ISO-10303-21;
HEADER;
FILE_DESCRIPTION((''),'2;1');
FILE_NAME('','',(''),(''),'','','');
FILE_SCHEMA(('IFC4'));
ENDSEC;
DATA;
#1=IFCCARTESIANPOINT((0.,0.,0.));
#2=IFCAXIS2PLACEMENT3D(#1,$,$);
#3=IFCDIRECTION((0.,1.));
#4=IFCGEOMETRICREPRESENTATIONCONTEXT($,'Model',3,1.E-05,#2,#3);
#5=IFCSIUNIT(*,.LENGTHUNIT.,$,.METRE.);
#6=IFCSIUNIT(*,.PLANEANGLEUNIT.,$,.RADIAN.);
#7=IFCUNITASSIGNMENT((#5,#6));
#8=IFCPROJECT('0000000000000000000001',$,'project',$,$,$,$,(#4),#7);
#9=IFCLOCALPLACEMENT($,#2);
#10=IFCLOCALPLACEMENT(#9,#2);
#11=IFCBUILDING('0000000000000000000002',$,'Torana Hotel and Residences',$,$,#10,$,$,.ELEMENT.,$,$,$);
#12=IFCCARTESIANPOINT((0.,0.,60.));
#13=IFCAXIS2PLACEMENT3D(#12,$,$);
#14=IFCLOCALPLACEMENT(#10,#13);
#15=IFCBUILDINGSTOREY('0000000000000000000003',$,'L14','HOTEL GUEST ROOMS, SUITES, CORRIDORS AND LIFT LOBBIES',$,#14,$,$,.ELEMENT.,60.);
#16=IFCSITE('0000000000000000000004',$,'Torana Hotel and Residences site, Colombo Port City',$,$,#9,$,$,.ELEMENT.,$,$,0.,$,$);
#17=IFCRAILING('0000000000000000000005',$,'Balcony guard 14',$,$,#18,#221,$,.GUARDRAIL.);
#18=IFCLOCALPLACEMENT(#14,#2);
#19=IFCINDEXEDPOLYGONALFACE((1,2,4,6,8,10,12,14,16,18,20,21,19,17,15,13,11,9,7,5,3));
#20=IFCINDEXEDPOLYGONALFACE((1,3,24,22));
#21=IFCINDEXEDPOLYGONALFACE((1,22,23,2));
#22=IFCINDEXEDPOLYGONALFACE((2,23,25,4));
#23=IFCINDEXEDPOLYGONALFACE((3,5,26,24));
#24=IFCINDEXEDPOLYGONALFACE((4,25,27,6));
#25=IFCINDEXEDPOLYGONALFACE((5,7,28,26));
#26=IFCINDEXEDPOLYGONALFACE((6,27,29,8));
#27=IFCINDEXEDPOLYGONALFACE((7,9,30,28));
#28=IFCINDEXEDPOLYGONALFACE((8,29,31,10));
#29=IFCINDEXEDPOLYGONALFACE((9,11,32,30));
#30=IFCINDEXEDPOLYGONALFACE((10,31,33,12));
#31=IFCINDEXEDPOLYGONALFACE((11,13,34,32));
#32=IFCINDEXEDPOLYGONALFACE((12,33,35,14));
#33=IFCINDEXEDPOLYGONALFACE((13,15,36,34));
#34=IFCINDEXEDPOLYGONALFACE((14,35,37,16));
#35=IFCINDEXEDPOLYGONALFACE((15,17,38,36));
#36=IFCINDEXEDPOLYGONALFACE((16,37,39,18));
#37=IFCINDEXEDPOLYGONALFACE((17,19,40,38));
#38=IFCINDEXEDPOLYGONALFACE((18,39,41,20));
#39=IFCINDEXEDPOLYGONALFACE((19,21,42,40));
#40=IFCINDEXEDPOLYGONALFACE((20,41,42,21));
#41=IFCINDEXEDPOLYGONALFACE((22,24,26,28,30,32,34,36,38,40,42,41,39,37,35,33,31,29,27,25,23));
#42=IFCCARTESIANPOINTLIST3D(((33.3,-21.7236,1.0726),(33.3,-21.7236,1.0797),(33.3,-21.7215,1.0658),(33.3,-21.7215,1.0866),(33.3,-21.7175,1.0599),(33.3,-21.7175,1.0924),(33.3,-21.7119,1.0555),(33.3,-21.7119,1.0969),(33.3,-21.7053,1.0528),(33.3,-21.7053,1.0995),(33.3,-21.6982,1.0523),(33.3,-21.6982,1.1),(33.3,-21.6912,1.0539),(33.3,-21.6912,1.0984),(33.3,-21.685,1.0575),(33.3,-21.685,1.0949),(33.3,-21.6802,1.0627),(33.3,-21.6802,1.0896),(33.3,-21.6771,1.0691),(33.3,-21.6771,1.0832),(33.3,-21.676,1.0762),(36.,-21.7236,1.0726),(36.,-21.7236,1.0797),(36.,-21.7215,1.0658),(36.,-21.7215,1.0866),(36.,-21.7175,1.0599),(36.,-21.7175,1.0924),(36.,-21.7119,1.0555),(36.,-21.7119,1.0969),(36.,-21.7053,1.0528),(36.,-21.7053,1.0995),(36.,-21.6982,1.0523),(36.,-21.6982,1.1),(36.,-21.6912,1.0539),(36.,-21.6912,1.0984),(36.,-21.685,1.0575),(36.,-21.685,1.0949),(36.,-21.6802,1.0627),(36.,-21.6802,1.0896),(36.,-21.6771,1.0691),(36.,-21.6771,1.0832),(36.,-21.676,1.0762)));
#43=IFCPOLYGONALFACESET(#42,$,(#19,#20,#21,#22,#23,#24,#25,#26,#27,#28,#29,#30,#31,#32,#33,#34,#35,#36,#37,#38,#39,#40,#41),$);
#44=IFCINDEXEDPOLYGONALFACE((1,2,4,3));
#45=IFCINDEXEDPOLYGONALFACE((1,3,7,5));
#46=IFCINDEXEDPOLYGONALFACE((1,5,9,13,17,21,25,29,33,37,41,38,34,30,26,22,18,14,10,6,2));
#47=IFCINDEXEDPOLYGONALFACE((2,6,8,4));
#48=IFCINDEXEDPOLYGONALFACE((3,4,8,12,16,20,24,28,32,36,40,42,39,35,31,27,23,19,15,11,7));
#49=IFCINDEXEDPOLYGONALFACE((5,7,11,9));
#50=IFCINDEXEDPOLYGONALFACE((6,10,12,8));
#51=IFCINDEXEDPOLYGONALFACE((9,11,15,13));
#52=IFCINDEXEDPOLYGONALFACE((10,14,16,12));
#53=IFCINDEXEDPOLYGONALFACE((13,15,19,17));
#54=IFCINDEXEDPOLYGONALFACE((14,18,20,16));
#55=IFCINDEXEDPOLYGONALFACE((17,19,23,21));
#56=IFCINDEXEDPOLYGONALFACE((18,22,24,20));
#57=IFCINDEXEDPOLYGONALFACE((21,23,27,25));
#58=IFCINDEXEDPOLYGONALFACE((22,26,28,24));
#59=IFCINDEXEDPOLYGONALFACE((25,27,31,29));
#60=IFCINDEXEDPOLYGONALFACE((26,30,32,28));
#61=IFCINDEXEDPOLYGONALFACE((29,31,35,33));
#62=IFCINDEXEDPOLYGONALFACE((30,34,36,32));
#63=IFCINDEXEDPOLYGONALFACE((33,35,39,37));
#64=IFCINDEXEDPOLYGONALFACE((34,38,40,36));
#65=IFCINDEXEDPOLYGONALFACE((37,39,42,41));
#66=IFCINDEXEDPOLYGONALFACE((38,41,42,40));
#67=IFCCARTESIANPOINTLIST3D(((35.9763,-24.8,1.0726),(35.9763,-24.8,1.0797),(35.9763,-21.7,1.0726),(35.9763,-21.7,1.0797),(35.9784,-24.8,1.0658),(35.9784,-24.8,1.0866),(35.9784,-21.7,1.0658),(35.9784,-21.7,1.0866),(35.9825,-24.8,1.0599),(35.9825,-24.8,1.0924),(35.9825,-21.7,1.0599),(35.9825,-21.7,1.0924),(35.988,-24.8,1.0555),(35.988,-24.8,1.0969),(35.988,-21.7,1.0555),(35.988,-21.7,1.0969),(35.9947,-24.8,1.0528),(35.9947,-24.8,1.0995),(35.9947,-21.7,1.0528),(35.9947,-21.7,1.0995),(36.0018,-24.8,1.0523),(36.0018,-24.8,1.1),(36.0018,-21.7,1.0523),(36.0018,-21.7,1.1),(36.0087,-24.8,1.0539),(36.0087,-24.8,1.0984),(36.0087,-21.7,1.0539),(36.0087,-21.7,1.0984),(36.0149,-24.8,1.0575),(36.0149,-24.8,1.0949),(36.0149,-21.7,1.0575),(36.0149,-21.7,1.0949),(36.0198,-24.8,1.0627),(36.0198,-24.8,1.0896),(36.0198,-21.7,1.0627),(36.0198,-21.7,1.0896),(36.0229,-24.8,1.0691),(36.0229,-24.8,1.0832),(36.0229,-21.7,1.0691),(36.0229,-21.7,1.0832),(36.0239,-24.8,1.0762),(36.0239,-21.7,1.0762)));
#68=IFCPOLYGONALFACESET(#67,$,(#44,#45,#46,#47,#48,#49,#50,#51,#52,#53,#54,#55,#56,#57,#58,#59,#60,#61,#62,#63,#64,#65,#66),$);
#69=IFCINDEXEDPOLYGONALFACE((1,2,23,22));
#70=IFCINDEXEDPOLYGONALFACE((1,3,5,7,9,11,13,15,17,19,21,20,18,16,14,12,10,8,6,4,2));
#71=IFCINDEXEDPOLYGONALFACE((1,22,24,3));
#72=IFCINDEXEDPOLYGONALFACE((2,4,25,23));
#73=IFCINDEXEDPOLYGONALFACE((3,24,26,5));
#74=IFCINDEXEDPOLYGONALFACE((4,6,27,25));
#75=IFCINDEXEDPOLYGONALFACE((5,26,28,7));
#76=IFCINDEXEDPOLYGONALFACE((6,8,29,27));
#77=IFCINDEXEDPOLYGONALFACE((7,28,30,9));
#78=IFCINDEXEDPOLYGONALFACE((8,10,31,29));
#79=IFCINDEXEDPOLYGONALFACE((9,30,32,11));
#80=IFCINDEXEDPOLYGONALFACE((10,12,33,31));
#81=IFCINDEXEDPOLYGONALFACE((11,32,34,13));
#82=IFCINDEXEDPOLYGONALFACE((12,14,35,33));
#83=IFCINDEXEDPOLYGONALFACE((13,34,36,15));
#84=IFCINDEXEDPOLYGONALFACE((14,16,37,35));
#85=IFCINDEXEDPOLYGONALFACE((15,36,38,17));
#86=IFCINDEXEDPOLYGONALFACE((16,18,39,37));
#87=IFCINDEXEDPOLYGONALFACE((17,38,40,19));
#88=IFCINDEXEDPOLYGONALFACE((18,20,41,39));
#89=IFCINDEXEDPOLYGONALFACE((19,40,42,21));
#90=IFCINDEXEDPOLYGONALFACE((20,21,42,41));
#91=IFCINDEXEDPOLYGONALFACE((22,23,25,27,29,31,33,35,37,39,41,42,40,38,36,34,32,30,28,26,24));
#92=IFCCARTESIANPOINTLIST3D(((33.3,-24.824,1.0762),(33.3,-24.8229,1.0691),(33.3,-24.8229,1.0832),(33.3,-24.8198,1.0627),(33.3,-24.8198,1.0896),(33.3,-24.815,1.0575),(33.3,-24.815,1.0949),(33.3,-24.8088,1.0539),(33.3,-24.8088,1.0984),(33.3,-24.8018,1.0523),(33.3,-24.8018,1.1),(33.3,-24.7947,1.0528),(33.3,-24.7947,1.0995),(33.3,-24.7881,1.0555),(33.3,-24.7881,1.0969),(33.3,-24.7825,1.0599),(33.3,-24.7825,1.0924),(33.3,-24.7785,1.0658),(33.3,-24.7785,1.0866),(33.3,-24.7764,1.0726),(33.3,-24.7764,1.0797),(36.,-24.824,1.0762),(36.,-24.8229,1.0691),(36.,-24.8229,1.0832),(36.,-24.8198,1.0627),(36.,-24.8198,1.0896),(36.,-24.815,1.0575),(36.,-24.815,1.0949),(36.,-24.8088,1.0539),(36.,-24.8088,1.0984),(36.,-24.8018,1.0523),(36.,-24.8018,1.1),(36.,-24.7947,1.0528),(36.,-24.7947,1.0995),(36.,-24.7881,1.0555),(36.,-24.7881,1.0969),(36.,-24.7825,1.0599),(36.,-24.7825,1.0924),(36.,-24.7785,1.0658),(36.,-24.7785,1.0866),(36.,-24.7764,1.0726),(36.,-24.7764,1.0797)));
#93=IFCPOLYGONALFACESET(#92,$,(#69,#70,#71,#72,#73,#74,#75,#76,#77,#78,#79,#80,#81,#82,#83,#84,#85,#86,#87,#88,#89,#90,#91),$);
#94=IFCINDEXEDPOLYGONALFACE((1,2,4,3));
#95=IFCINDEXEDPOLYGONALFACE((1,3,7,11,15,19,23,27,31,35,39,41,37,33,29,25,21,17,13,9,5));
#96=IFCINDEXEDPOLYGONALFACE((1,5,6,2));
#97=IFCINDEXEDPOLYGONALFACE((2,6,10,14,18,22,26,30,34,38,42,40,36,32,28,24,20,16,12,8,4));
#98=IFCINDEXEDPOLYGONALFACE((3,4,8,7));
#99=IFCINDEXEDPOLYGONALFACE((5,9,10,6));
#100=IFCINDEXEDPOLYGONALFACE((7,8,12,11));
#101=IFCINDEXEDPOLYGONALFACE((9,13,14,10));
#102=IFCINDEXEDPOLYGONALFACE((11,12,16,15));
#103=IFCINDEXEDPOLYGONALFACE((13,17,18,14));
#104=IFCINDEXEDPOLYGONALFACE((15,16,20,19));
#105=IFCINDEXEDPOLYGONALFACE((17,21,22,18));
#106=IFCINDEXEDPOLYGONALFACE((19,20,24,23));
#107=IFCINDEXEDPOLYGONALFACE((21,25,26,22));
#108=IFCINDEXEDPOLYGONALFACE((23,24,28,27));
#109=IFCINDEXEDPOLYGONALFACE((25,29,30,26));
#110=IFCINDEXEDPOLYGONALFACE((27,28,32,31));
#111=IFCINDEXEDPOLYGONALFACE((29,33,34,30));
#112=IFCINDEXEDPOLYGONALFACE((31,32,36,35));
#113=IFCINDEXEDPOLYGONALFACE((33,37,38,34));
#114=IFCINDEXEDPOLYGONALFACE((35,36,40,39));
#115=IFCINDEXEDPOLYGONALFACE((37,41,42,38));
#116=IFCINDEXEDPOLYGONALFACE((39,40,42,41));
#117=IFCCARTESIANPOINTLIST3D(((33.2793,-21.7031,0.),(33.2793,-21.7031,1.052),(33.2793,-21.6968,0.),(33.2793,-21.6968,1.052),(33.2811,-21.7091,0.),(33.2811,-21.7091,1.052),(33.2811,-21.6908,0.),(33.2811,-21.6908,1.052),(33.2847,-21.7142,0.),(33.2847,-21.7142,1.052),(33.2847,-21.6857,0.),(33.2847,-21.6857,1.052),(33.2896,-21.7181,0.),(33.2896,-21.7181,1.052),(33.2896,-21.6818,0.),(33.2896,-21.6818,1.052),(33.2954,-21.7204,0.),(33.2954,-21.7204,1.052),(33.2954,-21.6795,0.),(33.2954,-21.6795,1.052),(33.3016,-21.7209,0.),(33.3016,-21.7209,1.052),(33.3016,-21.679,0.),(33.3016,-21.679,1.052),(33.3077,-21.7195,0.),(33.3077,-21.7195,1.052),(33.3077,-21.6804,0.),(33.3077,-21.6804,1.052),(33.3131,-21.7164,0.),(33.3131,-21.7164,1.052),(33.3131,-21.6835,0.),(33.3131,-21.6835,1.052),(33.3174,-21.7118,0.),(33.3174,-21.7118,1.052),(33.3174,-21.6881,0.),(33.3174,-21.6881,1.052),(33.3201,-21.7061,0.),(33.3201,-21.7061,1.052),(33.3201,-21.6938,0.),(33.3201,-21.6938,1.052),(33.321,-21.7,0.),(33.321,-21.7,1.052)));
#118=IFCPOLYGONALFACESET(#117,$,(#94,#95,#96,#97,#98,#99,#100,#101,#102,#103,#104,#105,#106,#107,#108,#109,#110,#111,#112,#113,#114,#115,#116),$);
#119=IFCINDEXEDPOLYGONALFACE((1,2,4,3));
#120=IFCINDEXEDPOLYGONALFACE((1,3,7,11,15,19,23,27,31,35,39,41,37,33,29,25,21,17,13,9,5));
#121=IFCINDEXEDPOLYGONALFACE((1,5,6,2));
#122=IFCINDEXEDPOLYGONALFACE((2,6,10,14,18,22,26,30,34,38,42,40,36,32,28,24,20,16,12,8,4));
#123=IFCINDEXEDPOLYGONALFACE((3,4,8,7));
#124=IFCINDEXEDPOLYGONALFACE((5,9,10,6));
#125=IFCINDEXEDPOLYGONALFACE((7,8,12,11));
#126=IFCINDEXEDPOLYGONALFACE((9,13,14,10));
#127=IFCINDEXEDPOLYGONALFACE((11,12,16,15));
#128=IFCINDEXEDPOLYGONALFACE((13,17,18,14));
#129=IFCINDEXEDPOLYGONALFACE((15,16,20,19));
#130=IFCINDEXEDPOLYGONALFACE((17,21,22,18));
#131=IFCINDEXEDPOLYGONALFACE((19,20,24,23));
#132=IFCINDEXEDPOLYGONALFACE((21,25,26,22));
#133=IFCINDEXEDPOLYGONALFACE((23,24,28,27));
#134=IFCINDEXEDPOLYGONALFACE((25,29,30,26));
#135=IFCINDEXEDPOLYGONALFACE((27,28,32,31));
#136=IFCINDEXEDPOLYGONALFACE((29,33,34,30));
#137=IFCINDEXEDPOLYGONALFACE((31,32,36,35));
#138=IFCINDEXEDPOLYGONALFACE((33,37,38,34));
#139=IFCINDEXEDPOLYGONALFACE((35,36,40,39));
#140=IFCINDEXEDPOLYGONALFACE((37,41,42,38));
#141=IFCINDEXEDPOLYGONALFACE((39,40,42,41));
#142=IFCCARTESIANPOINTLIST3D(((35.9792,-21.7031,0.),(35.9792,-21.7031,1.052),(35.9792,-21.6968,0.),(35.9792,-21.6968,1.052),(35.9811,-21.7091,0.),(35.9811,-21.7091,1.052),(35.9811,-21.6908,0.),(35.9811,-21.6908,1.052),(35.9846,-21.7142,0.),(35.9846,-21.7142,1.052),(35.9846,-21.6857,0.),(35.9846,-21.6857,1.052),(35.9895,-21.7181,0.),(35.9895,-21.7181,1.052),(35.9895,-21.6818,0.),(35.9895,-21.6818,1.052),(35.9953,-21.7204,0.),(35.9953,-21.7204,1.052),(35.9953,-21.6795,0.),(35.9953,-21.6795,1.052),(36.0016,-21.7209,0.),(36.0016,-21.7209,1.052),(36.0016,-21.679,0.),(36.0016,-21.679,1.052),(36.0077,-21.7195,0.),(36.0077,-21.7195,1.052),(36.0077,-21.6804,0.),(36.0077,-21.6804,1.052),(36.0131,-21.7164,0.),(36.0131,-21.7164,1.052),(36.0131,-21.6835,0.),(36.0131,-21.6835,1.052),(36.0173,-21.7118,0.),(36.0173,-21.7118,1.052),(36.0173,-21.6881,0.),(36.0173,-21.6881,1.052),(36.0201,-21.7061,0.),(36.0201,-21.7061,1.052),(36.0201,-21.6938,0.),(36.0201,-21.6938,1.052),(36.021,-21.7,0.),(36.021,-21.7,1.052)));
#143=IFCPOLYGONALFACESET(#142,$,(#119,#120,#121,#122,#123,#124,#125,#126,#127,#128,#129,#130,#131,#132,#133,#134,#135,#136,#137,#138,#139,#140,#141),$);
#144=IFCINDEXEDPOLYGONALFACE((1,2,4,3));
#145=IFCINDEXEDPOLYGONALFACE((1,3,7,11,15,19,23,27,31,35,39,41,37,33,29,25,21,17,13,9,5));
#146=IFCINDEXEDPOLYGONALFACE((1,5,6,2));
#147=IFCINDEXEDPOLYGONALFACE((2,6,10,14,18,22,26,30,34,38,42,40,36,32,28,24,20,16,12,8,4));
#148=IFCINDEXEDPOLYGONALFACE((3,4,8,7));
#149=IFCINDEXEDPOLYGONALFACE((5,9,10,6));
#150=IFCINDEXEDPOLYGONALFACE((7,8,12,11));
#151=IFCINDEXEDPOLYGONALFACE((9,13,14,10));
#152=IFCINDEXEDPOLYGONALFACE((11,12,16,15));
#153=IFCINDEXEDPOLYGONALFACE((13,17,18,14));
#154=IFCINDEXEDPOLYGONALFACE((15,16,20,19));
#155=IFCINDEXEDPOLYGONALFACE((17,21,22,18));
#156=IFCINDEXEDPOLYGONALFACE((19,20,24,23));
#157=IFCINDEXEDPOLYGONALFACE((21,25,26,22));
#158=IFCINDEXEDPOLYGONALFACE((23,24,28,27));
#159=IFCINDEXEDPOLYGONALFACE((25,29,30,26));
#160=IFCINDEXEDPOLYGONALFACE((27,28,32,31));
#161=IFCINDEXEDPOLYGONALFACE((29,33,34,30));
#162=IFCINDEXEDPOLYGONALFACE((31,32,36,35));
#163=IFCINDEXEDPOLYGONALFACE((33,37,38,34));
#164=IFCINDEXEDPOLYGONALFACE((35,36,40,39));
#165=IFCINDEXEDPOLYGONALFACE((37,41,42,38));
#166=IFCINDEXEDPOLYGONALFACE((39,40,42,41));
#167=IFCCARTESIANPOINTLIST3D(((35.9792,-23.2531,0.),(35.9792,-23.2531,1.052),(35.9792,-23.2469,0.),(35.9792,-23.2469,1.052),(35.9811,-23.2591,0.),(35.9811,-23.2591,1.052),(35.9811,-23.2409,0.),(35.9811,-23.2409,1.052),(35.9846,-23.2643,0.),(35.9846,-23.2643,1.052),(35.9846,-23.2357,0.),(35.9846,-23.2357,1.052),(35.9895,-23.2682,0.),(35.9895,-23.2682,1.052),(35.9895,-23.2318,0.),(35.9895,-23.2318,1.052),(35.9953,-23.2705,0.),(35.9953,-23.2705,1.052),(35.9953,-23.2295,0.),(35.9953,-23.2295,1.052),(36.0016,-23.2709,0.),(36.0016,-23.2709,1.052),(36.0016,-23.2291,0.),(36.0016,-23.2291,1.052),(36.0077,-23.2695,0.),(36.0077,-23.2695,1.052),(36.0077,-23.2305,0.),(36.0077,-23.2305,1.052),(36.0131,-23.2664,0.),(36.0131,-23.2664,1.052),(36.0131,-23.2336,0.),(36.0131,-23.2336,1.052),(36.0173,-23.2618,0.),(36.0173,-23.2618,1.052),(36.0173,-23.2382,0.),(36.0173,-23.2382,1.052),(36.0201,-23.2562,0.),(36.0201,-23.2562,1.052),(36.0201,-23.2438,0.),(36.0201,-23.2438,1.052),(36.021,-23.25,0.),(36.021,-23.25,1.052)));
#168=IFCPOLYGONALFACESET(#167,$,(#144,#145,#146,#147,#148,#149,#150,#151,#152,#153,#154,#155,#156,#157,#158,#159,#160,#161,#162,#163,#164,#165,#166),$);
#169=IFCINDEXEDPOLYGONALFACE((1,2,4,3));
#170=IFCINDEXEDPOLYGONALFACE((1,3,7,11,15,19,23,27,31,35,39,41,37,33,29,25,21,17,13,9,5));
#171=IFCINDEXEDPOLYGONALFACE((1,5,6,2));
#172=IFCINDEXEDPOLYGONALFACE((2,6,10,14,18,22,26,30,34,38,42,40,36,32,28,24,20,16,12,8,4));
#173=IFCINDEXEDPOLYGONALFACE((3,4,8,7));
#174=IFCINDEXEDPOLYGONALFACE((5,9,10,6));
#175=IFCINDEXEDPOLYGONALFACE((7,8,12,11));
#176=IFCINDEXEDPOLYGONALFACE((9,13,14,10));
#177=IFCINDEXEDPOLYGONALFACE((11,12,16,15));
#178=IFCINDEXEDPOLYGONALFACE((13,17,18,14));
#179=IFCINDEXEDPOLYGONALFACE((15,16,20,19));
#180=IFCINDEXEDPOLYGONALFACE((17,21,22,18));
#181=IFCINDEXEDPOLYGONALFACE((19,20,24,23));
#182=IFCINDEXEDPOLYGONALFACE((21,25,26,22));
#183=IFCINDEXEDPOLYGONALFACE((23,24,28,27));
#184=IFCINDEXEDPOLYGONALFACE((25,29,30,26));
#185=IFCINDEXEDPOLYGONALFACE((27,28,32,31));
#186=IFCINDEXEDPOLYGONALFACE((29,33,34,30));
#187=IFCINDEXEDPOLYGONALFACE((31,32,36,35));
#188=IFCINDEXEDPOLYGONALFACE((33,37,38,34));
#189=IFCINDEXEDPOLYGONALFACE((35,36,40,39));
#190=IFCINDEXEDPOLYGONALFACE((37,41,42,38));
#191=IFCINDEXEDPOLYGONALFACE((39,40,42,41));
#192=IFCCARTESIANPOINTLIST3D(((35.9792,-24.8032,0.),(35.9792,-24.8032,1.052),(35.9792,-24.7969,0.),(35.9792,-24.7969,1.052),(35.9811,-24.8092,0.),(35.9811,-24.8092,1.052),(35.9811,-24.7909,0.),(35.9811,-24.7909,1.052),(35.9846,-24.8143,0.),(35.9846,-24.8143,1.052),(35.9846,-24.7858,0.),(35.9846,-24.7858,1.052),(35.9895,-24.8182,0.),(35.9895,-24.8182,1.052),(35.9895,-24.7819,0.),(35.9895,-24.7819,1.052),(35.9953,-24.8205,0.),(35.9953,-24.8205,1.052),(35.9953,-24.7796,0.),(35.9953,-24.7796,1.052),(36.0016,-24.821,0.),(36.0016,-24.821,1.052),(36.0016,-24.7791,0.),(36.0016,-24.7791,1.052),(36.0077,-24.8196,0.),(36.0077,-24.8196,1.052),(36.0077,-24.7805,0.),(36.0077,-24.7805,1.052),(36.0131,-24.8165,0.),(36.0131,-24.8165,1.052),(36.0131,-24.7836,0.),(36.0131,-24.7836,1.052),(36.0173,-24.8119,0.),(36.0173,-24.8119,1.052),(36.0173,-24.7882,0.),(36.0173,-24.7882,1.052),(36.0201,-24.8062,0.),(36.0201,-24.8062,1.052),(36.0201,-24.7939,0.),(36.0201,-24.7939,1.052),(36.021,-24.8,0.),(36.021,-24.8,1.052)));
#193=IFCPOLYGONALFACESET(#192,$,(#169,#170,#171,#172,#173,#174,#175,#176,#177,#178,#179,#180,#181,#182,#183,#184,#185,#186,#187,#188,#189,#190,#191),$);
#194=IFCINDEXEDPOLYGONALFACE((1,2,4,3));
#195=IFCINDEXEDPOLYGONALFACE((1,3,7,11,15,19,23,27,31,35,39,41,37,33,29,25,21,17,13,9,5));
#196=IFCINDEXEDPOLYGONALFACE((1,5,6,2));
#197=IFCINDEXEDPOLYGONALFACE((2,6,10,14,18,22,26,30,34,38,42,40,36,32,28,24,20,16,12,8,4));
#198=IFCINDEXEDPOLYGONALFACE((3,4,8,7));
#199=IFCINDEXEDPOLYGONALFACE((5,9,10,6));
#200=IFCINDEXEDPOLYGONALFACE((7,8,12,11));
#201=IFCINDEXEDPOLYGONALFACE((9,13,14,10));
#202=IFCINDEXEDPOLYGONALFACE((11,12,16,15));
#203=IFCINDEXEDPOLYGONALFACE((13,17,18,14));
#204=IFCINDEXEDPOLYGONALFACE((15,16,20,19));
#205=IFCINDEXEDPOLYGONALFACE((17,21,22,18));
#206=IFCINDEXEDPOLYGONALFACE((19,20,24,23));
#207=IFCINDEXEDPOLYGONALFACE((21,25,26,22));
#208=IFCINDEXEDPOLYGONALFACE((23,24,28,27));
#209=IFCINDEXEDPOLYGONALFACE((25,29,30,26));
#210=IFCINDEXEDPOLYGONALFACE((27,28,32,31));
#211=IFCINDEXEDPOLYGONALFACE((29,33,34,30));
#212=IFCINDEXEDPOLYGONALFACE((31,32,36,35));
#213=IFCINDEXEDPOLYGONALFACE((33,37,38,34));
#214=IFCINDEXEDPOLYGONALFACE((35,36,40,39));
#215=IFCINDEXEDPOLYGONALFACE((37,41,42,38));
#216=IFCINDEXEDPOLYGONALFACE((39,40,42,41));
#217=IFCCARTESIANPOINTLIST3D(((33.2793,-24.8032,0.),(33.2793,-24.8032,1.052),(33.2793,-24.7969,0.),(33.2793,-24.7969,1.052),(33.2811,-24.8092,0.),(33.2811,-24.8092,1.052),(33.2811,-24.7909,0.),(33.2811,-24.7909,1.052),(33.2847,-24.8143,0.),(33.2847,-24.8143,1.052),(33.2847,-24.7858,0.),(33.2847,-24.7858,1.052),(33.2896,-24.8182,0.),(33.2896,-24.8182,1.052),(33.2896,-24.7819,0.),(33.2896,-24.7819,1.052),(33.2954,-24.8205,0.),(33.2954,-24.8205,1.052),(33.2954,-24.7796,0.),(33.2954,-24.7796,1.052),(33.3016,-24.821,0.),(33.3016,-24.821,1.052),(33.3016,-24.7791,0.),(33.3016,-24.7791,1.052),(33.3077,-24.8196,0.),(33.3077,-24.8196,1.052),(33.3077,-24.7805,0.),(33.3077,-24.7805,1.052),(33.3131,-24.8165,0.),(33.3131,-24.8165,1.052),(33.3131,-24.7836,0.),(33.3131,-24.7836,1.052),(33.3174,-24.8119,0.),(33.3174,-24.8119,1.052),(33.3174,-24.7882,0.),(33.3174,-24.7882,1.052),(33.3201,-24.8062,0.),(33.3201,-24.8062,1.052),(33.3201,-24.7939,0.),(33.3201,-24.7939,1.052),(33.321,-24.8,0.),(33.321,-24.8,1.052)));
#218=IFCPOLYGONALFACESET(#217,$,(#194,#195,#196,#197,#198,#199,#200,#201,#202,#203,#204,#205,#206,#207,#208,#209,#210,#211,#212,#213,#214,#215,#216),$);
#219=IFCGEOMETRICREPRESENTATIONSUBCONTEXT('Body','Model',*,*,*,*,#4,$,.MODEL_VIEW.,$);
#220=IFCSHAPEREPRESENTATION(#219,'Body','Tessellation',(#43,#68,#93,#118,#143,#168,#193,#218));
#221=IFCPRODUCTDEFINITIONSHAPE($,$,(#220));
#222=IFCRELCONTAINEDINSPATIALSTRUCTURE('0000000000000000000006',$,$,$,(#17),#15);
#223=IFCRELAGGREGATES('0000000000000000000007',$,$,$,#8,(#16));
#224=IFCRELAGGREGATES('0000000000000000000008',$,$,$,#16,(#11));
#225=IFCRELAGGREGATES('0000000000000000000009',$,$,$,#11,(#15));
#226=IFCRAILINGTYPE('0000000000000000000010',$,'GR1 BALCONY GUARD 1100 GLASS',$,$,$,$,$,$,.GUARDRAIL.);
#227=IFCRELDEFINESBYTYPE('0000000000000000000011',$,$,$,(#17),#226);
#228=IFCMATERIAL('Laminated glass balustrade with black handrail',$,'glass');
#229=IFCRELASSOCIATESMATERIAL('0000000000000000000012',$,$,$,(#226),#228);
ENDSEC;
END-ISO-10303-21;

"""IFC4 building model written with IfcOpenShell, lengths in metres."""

from ifc_helpers import new_model, si_unit, direction, frame, origin, origin_2d, place, context, subcontext, project, spatial, circle, extrude, material, type_object, element, save


model = new_model("IFC4")

# Units and contexts
model_context = context("Model", 3, precision=1e-05, world=origin(), true_north=direction((0.0, 1.0)))
body_context = subcontext(model_context, "Body", "Model", "MODEL_VIEW")
ifc_project = project(units=[si_unit("LENGTHUNIT", "METRE"), si_unit("PLANEANGLEUNIT", "RADIAN")], contexts=[model_context])

# Site, building, storey
site_placement = place(None, origin())
site = spatial("IfcSite", under=ifc_project, at=site_placement, Name="Torana Hotel and Residences site, Colombo Port City", CompositionType="ELEMENT", RefElevation=0.0)
building_placement = place(site_placement, origin())
building = spatial("IfcBuilding", under=site, at=building_placement, Name="Torana Hotel and Residences", CompositionType="ELEMENT")
storey_placement = place(building_placement, frame((0.0, 0.0, 60.0)))
storey = spatial("IfcBuildingStorey", under=building, at=storey_placement, Name="L14", Description="HOTEL GUEST ROOMS, SUITES, CORRIDORS AND LIFT LOBBIES", CompositionType="ELEMENT", Elevation=60.0)

# Railing
ifc_material_1 = material(Name="Laminated glass balustrade with black handrail", Category="glass")
railing_type = type_object("IfcRailingType", Name="GR1 BALCONY GUARD 1100 GLASS", PredefinedType="GUARDRAIL", material=ifc_material_1)
railing_1_placement = place(storey_placement, frame((33.3, -21.7, 0.0)))
element("IfcRailing", 1, at=railing_1_placement, inside=storey, type_object=railing_type, Name="Balcony guard 14", PredefinedType="GUARDRAIL", context=body_context, shape_type="SweptSolid", body=[
    extrude(circle(Radius=0.0239, at=origin_2d()), frame((0.0, 0.0, 1.0762), z_axis=(1.0, 0.0, 0.0), x_axis=(0.0, 1.0, 0.0)), (0.0, 0.0, 1.0), 2.7),
    extrude(circle(Radius=0.0239, at=origin_2d()), frame((2.7, 0.0, 1.0762), z_axis=(0.0, -1.0, 0.0), x_axis=(1.0, 0.0, 0.0)), (0.0, 0.0, 1.0), 3.1001),
    extrude(circle(Radius=0.0239, at=origin_2d()), frame((2.7, -3.1001, 1.0762), z_axis=(-1.0, 0.0, 0.0), x_axis=(0.0, -1.0, 0.0)), (0.0, 0.0, 1.0), 2.7),
    extrude(circle(Radius=0.021, at=origin_2d()), origin(), (0.0, 0.0, 1.0), 1.052),
    extrude(circle(Radius=0.021, at=origin_2d()), frame((2.7, 0.0, 0.0)), (0.0, 0.0, 1.0), 1.052),
    extrude(circle(Radius=0.021, at=origin_2d()), frame((2.7, -1.55, 0.0)), (0.0, 0.0, 1.0), 1.052),
    extrude(circle(Radius=0.021, at=origin_2d()), frame((2.7, -3.1001, 0.0)), (0.0, 0.0, 1.0), 1.052),
    extrude(circle(Radius=0.021, at=origin_2d()), frame((0.0, -3.1001, 0.0)), (0.0, 0.0, 1.0), 1.052),
])

save(model, "model.ifc")
